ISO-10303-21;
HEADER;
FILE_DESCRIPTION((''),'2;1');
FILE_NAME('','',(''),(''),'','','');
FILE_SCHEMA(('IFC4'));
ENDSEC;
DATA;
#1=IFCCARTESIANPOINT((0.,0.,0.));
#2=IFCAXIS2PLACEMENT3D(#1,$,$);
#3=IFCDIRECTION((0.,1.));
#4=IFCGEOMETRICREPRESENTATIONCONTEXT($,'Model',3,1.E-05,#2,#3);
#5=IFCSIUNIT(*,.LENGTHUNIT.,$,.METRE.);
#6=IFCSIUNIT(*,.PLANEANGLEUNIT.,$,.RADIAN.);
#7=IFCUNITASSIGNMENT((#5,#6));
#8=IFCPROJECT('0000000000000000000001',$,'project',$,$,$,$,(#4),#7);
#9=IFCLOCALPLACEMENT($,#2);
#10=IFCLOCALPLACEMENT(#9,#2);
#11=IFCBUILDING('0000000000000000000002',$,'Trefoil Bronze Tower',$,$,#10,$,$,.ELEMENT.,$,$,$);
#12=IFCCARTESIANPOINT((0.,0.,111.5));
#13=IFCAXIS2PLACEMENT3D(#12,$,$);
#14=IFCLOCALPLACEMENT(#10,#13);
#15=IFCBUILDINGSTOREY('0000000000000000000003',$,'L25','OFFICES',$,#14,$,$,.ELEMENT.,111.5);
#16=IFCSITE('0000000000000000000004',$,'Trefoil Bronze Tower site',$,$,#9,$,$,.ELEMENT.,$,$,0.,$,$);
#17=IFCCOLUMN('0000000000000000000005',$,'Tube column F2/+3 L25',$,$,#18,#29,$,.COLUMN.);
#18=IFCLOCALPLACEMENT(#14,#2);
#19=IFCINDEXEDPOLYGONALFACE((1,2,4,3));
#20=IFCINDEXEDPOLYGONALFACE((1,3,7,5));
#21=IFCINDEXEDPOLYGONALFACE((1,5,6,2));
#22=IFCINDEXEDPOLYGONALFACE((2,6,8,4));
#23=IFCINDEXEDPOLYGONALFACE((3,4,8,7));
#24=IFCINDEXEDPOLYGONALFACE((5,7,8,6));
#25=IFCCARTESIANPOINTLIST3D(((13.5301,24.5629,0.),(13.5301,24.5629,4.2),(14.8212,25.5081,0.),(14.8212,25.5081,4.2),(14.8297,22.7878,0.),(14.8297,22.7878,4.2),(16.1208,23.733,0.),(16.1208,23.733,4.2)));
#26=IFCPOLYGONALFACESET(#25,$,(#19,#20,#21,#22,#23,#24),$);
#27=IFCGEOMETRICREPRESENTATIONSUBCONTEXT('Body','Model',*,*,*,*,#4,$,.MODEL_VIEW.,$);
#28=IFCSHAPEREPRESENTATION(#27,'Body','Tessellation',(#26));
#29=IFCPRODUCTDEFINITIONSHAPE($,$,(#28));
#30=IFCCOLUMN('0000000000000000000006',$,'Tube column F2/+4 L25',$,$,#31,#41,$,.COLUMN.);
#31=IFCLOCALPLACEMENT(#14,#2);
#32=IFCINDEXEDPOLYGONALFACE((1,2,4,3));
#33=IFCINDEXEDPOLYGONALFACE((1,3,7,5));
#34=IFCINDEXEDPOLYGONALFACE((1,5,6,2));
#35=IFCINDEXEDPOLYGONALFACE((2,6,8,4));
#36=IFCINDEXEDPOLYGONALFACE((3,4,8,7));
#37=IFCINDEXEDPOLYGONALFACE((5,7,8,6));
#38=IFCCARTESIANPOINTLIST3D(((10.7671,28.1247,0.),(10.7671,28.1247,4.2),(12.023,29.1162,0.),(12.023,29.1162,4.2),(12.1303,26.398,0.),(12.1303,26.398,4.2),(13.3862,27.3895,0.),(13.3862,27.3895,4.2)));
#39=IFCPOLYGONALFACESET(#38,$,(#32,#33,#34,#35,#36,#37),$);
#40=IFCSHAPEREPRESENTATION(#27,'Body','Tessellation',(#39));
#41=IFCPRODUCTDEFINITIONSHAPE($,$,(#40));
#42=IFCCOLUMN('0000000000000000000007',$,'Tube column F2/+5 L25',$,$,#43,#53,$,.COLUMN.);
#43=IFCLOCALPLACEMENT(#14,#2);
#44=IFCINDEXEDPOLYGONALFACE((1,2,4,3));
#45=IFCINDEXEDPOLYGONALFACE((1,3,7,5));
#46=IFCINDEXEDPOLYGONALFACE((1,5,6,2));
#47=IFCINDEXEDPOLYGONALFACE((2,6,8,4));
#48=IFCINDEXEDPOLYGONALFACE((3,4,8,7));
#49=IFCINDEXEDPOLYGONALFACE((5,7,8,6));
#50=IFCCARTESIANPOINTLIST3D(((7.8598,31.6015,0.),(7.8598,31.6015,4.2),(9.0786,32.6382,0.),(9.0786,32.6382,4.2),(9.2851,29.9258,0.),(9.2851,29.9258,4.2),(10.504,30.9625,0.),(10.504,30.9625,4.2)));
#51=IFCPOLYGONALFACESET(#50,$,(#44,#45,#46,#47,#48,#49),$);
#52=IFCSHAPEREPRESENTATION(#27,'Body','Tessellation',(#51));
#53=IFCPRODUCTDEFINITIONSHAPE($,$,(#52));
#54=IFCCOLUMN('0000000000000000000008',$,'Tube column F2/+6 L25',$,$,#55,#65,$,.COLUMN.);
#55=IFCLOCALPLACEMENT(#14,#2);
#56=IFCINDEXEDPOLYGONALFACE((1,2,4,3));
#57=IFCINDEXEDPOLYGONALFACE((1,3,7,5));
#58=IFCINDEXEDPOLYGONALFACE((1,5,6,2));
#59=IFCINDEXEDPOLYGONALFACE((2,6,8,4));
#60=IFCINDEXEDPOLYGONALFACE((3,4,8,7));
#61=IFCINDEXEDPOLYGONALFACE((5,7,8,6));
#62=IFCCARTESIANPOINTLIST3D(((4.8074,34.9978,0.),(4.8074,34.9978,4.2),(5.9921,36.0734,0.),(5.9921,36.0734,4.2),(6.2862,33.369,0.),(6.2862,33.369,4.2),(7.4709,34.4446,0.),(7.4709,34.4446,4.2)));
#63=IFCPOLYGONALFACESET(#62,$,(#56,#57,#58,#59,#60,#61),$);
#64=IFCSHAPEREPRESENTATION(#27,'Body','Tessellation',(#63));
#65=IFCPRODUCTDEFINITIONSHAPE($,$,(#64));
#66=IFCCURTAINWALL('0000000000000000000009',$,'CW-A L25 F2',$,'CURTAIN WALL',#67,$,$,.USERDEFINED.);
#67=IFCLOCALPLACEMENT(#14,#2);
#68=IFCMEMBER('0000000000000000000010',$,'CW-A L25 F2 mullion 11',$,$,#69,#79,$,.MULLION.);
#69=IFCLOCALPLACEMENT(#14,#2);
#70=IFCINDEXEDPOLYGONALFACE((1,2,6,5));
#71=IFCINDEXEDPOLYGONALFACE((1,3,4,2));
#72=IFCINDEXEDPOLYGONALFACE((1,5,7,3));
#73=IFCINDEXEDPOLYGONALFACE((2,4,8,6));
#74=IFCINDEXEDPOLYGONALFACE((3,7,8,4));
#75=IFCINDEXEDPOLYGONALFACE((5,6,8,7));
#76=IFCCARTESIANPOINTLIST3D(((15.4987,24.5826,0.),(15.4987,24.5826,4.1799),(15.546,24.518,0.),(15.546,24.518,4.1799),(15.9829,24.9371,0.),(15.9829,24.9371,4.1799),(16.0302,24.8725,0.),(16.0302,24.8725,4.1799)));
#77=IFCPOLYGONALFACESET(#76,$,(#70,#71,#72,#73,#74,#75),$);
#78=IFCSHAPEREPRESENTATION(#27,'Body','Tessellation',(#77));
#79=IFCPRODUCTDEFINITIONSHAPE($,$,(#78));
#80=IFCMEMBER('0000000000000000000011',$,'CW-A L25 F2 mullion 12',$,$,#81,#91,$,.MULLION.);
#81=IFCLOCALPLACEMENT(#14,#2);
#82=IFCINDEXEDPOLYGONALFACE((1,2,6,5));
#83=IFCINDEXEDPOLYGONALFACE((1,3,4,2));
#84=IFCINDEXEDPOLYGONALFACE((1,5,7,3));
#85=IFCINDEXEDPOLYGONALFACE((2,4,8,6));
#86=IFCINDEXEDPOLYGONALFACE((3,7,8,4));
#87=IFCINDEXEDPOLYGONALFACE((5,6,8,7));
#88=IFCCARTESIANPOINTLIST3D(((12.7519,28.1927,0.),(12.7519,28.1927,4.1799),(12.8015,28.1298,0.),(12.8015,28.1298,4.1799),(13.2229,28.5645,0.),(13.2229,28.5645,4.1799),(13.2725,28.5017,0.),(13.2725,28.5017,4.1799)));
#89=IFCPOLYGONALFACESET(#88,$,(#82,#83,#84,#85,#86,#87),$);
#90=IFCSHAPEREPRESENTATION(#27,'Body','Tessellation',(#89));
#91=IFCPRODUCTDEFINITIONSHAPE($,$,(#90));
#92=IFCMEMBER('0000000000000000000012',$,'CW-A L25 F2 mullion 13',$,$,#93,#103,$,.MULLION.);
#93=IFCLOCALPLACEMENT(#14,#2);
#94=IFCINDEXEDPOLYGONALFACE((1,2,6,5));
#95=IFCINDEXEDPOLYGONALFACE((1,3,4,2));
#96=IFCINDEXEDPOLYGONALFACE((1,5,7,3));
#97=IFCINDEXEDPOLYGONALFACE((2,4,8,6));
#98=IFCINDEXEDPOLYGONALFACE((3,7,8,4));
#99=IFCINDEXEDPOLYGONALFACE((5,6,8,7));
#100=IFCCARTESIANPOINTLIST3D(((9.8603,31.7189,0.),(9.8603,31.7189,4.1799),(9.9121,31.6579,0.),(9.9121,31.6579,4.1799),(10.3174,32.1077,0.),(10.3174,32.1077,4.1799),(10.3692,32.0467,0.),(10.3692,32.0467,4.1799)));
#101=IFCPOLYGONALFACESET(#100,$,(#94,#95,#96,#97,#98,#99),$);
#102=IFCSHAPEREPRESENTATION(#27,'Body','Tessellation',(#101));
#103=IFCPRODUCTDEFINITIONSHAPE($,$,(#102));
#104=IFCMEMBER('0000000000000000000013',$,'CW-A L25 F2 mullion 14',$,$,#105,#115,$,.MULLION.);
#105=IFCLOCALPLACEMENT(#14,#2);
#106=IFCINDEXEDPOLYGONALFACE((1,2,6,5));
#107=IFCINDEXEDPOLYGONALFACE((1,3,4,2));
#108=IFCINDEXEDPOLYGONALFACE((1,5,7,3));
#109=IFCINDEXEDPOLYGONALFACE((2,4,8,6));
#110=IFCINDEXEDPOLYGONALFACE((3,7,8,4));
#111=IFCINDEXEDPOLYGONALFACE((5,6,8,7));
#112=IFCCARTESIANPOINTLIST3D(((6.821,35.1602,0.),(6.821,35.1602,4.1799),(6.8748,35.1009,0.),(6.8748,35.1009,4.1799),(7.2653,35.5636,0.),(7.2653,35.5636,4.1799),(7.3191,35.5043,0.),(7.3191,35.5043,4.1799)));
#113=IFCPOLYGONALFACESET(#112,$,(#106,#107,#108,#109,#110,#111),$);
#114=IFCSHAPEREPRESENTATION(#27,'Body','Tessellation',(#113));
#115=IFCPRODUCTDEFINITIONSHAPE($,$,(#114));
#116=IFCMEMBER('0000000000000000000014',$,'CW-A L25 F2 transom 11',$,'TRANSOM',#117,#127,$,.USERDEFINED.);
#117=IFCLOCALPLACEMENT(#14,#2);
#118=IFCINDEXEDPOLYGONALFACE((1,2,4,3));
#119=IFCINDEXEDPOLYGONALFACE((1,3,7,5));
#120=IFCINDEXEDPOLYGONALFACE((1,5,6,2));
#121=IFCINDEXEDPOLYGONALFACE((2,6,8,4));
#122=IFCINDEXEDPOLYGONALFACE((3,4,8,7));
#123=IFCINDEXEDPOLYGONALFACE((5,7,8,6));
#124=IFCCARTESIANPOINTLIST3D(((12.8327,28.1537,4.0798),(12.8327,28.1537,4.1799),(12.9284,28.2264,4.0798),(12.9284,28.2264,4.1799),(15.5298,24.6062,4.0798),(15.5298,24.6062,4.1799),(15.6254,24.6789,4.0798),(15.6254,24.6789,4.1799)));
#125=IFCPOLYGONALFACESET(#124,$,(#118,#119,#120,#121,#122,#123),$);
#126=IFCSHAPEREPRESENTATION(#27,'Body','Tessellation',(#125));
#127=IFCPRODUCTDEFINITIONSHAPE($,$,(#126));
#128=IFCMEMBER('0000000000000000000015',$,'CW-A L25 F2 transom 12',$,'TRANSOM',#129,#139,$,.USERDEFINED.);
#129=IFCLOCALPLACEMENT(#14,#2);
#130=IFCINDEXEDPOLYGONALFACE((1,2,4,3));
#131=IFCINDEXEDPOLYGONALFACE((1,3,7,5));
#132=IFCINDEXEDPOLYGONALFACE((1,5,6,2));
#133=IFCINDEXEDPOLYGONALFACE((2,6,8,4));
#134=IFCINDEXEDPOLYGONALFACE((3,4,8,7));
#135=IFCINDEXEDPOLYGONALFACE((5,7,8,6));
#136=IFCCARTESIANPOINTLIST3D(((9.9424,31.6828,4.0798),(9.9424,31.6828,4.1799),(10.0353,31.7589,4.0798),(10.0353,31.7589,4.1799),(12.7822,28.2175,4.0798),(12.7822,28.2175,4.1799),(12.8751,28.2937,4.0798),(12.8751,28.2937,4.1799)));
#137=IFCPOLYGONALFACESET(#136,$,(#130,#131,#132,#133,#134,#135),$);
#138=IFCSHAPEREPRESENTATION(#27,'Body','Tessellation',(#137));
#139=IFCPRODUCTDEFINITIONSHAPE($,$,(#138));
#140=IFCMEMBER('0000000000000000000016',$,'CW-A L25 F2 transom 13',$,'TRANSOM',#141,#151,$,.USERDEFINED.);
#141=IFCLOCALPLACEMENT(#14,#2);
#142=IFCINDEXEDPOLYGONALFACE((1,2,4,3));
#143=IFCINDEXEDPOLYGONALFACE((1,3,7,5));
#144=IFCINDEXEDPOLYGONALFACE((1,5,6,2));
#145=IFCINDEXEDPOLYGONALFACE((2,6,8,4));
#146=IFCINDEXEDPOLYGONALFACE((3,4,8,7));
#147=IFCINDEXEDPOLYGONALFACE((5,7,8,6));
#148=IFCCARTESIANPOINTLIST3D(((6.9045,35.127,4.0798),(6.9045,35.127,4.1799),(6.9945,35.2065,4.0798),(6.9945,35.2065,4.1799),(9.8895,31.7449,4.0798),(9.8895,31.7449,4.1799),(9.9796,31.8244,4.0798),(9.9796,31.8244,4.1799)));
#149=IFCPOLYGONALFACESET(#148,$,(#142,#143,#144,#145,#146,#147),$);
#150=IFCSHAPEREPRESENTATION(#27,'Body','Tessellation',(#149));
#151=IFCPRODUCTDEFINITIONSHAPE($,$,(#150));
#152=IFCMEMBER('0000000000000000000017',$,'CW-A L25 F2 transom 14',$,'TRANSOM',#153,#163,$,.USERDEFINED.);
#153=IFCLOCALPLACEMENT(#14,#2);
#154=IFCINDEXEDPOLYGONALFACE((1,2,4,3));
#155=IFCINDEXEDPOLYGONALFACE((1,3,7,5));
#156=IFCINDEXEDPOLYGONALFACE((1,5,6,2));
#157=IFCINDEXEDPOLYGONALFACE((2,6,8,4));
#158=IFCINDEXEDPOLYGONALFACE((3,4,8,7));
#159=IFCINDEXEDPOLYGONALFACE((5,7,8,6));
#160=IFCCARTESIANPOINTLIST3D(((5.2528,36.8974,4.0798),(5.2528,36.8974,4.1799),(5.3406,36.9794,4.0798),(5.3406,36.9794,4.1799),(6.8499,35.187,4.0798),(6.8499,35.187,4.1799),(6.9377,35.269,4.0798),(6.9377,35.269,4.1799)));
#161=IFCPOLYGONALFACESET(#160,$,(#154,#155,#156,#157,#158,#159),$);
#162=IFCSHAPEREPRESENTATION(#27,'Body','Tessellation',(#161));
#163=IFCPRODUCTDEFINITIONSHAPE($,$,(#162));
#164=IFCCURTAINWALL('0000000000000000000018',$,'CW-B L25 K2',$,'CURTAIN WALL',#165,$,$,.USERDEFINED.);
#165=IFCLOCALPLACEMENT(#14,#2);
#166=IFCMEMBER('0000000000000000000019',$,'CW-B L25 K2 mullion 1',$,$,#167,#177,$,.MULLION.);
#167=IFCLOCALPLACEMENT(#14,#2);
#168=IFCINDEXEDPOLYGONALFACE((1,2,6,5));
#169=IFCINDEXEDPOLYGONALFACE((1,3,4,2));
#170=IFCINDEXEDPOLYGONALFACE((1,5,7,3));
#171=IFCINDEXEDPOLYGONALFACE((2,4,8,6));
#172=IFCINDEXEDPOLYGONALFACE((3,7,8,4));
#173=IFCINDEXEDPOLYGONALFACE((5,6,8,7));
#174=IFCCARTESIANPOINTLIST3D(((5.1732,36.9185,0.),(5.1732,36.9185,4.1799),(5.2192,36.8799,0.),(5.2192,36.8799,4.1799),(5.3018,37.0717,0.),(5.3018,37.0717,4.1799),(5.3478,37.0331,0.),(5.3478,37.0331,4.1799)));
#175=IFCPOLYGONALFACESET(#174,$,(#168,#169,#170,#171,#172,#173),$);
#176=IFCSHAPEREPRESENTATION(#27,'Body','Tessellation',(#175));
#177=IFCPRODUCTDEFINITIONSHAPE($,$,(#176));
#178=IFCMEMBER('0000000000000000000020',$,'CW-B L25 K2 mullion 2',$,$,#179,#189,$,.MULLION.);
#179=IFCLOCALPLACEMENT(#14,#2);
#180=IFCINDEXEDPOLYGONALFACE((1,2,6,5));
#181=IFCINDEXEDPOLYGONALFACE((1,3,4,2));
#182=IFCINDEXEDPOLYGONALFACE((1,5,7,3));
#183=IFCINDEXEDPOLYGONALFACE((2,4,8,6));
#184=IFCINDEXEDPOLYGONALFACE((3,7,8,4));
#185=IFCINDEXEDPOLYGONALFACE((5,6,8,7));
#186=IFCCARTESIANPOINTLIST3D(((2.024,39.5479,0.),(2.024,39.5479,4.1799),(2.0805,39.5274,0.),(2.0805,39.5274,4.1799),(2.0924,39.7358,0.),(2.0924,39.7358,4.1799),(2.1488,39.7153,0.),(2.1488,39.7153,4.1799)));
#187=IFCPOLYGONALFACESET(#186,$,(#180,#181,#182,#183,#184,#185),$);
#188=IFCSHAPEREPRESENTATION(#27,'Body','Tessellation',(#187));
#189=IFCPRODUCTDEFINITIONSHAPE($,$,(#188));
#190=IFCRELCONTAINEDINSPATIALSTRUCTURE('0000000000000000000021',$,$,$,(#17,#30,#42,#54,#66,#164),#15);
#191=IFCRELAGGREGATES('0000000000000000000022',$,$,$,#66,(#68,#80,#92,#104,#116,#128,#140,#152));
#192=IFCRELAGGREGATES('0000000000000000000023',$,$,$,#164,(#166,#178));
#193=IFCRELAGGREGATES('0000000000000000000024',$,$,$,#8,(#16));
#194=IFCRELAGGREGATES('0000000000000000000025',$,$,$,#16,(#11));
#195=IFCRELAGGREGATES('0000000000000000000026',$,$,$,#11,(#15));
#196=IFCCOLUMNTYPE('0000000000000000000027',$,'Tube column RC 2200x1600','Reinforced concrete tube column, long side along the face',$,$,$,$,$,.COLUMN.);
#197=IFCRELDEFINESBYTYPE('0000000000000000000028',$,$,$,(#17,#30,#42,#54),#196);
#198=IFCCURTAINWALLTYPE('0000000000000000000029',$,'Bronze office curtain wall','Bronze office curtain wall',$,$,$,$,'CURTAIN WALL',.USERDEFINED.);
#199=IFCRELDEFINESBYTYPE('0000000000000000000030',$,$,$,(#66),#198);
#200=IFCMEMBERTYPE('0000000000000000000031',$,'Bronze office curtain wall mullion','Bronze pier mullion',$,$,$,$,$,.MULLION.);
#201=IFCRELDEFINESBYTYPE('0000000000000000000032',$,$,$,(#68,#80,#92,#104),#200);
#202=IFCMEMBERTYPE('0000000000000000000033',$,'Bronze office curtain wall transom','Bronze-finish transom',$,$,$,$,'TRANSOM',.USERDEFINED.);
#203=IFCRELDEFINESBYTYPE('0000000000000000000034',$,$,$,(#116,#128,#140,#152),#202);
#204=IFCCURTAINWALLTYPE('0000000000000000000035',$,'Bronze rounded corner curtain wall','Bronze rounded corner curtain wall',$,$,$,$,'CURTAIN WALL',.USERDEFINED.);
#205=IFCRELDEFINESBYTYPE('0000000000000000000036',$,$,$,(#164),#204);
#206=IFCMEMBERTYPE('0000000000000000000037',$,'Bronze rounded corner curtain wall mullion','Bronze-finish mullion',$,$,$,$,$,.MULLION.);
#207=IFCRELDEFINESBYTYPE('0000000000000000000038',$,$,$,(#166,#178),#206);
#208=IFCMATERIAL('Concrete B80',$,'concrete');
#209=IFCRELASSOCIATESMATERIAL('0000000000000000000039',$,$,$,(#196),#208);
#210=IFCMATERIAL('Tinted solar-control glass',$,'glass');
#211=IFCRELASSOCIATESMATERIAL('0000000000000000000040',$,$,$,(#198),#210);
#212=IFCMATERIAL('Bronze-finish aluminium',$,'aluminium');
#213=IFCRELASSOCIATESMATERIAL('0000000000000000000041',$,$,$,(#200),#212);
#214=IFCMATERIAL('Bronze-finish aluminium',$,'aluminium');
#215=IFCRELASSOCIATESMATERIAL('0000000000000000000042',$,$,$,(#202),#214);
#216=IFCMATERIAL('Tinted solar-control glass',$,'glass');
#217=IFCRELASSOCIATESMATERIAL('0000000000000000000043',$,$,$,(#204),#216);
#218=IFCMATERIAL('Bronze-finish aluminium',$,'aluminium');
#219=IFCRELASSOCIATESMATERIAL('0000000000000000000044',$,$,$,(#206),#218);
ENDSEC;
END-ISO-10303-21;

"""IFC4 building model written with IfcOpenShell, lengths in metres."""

from ifc_helpers import new_model, si_unit, direction, frame, origin, origin_2d, place, context, subcontext, project, spatial, rectangle, extrude, material, material_profile, profile_set, type_object, element, aggregate, save


model = new_model("IFC4")

# Units and contexts
model_context = context("Model", 3, precision=1e-05, world=origin(), true_north=direction((0.0, 1.0)))
body_context = subcontext(model_context, "Body", "Model", "MODEL_VIEW")
ifc_project = project(units=[si_unit("LENGTHUNIT", "METRE"), si_unit("PLANEANGLEUNIT", "RADIAN")], contexts=[model_context])

# Site, building, storey
site_placement = place(None, origin())
site = spatial("IfcSite", under=ifc_project, at=site_placement, Name="Trefoil Bronze Tower site", CompositionType="ELEMENT", RefElevation=0.0)
building_placement = place(site_placement, origin())
building = spatial("IfcBuilding", under=site, at=building_placement, Name="Trefoil Bronze Tower", CompositionType="ELEMENT")
storey_placement = place(building_placement, frame((0.0, 0.0, 111.5)))
storey = spatial("IfcBuildingStorey", under=building, at=storey_placement, Name="L25", Description="OFFICES", CompositionType="ELEMENT", Elevation=111.5)

# Columns
ifc_material_1 = material(Name="Concrete B80", Category="concrete")
ifc_material_profile_1 = material_profile(ifc_material_1, rectangle(XDim=2.2, YDim=1.6001, at=origin_2d()), Name="RC 2200x1600")
ifc_profile_set_1 = profile_set([ifc_material_profile_1], Name="Concrete B80")
column_type = type_object("IfcColumnType", Name="Tube column RC 2200x1600", Description="Reinforced concrete tube column, long side along the face", PredefinedType="COLUMN", material=ifc_profile_set_1)
for number, where, z_axis, x_axis, name in (
    (1, (14.8254, 24.1479, 0.0), (0.0, 0.0, 1.0), (-0.590723, 0.806875, 0.0), "Tube column F2/+3 L25"),
    (2, (12.0767, 27.7571, 0.0), (0.0, 0.0, 1.0), (-0.619649, 0.784879, 0.0), "Tube column F2/+4 L25"),
    (3, (9.1819, 31.282, 0.0), (0.0, 0.0, 1.0), (-0.647904, 0.761722, 0.0), "Tube column F2/+5 L25"),
    (4, (6.1392, 34.7212, 0.0), (0.0, 0.0, 1.0), (-0.67221, 0.740361, 0.0), "Tube column F2/+6 L25"),
):
    element("IfcColumn", number, at=place(storey_placement, frame(where, z_axis=z_axis, x_axis=x_axis)), inside=storey, type_object=column_type, Name=name, PredefinedType="COLUMN", context=body_context, shape_type="SweptSolid", body=[
        extrude(rectangle(XDim=2.2, YDim=1.6001, at=origin_2d()), origin(), (0.0, 0.0, 1.0), 4.2),
    ])

# Curtain walls, members
ifc_material_2 = material(Name="Tinted solar-control glass", Category="glass")
curtain_wall_type_1 = type_object("IfcCurtainWallType", Name="Bronze office curtain wall", Description="Bronze office curtain wall", ElementType="CURTAIN WALL", PredefinedType="USERDEFINED", material=ifc_material_2)
curtain_wall_1_placement = place(storey_placement, origin())
curtain_wall_1 = element("IfcCurtainWall", 5, at=curtain_wall_1_placement, inside=storey, type_object=curtain_wall_type_1, Name="CW-A L25 F2", ObjectType="CURTAIN WALL", PredefinedType="USERDEFINED")
ifc_material_3 = material(Name="Bronze-finish aluminium", Category="aluminium")
ifc_material_profile_2 = material_profile(ifc_material_3, rectangle(XDim=0.6001, YDim=0.0801, at=origin_2d()), Name="CW-A mullion")
ifc_profile_set_2 = profile_set([ifc_material_profile_2], Name="Bronze-finish aluminium")
member_type_1 = type_object("IfcMemberType", Name="Bronze office curtain wall mullion", Description="Bronze pier mullion", PredefinedType="MULLION", material=ifc_profile_set_2)
member_1_placement = place(storey_placement, frame((15.7644, 24.7275, 0.0), z_axis=(0.0, 0.0, 1.0), x_axis=(-0.806875, -0.590723, 0.0)))
member_1 = element("IfcMember", 6, at=member_1_placement, type_object=member_type_1, Name="CW-A L25 F2 mullion 11", PredefinedType="MULLION", context=body_context, shape_type="SweptSolid", body=[
    extrude(rectangle(XDim=0.6001, YDim=0.0801, at=origin_2d()), origin(), (0.0, 0.0, 1.0), 4.1799),
])
member_2_placement = place(storey_placement, frame((13.0122, 28.3472, 0.0), z_axis=(0.0, 0.0, 1.0), x_axis=(-0.784879, -0.619649, 0.0)))
member_2 = element("IfcMember", 7, at=member_2_placement, type_object=member_type_1, Name="CW-A L25 F2 mullion 12", PredefinedType="MULLION", context=body_context, shape_type="SweptSolid", body=[
    extrude(rectangle(XDim=0.6001, YDim=0.0801, at=origin_2d()), origin(), (0.0, 0.0, 1.0), 4.1799),
])
member_3_placement = place(storey_placement, frame((10.1147, 31.8828, 0.0), z_axis=(0.0, 0.0, 1.0), x_axis=(-0.761722, -0.647904, 0.0)))
member_3 = element("IfcMember", 8, at=member_3_placement, type_object=member_type_1, Name="CW-A L25 F2 mullion 13", PredefinedType="MULLION", context=body_context, shape_type="SweptSolid", body=[
    extrude(rectangle(XDim=0.6001, YDim=0.0801, at=origin_2d()), origin(), (0.0, 0.0, 1.0), 4.1799),
])
member_4_placement = place(storey_placement, frame((7.0701, 35.3323, 0.0), z_axis=(0.0, 0.0, 1.0), x_axis=(-0.740361, -0.67221, 0.0)))
member_4 = element("IfcMember", 9, at=member_4_placement, type_object=member_type_1, Name="CW-A L25 F2 mullion 14", PredefinedType="MULLION", context=body_context, shape_type="SweptSolid", body=[
    extrude(rectangle(XDim=0.6001, YDim=0.0801, at=origin_2d()), origin(), (0.0, 0.0, 1.0), 4.1799),
])
ifc_material_4 = material(Name="Bronze-finish aluminium", Category="aluminium")
ifc_material_profile_3 = material_profile(ifc_material_4, rectangle(XDim=0.1201, YDim=0.1001, at=origin_2d()), Name="CW-A transom")
ifc_profile_set_3 = profile_set([ifc_material_profile_3], Name="Bronze-finish aluminium")
member_type_2 = type_object("IfcMemberType", Name="Bronze office curtain wall transom", Description="Bronze-finish transom", ElementType="TRANSOM", PredefinedType="USERDEFINED", material=ifc_profile_set_3)
member_5_placement = place(storey_placement, frame((15.5776, 24.6426, 4.1299), z_axis=(-0.605229, 0.796051, 0.0), x_axis=(-0.796051, -0.605229, 0.0)))
member_5 = element("IfcMember", 10, at=member_5_placement, type_object=member_type_2, Name="CW-A L25 F2 transom 11", ObjectType="TRANSOM", PredefinedType="USERDEFINED", context=body_context, shape_type="SweptSolid", body=[
    extrude(rectangle(XDim=0.1201, YDim=0.1001, at=origin_2d()), origin(), (0.0, 0.0, 1.0), 4.4563),
])
member_6_placement = place(storey_placement, frame((12.8286, 28.2556, 4.1299), z_axis=(-0.633849, 0.773457, 0.0), x_axis=(-0.773457, -0.633849, 0.0)))
member_6 = element("IfcMember", 11, at=member_6_placement, type_object=member_type_2, Name="CW-A L25 F2 transom 12", ObjectType="TRANSOM", PredefinedType="USERDEFINED", context=body_context, shape_type="SweptSolid", body=[
    extrude(rectangle(XDim=0.1201, YDim=0.1001, at=origin_2d()), origin(), (0.0, 0.0, 1.0), 4.4802),
])
member_7_placement = place(storey_placement, frame((9.9346, 31.7847, 4.1299), z_axis=(-0.661736, 0.749737, 0.0), x_axis=(-0.749737, -0.661736, 0.0)))
member_7 = element("IfcMember", 12, at=member_7_placement, type_object=member_type_2, Name="CW-A L25 F2 transom 13", ObjectType="TRANSOM", PredefinedType="USERDEFINED", context=body_context, shape_type="SweptSolid", body=[
    extrude(rectangle(XDim=0.1201, YDim=0.1001, at=origin_2d()), origin(), (0.0, 0.0, 1.0), 4.511),
])
member_8_placement = place(storey_placement, frame((6.8938, 35.228, 4.1299), z_axis=(-0.682489, 0.730896, 0.0), x_axis=(-0.730896, -0.682489, 0.0)))
member_8 = element("IfcMember", 13, at=member_8_placement, type_object=member_type_2, Name="CW-A L25 F2 transom 14", ObjectType="TRANSOM", PredefinedType="USERDEFINED", context=body_context, shape_type="SweptSolid", body=[
    extrude(rectangle(XDim=0.1201, YDim=0.1001, at=origin_2d()), origin(), (0.0, 0.0, 1.0), 2.3401),
])
ifc_material_5 = material(Name="Tinted solar-control glass", Category="glass")
curtain_wall_type_2 = type_object("IfcCurtainWallType", Name="Bronze rounded corner curtain wall", Description="Bronze rounded corner curtain wall", ElementType="CURTAIN WALL", PredefinedType="USERDEFINED", material=ifc_material_5)
curtain_wall_2_placement = place(storey_placement, origin())
curtain_wall_2 = element("IfcCurtainWall", 14, at=curtain_wall_2_placement, inside=storey, type_object=curtain_wall_type_2, Name="CW-B L25 K2", ObjectType="CURTAIN WALL", PredefinedType="USERDEFINED")
ifc_material_6 = material(Name="Bronze-finish aluminium", Category="aluminium")
ifc_material_profile_4 = material_profile(ifc_material_6, rectangle(XDim=0.2, YDim=0.0601, at=origin_2d()), Name="CW-B mullion")
ifc_profile_set_4 = profile_set([ifc_material_profile_4], Name="Bronze-finish aluminium")
member_type_3 = type_object("IfcMemberType", Name="Bronze rounded corner curtain wall mullion", Description="Bronze-finish mullion", PredefinedType="MULLION", material=ifc_profile_set_4)
member_9_placement = place(storey_placement, frame((5.2605, 36.9758, 0.0), z_axis=(0.0, 0.0, 1.0), x_axis=(-0.642788, -0.766044, 0.0)))
member_9 = element("IfcMember", 15, at=member_9_placement, type_object=member_type_3, Name="CW-B L25 K2 mullion 1", PredefinedType="MULLION", context=body_context, shape_type="SweptSolid", body=[
    extrude(rectangle(XDim=0.2, YDim=0.0601, at=origin_2d()), origin(), (0.0, 0.0, 1.0), 4.1799),
])
member_10_placement = place(storey_placement, frame((2.0864, 39.6316, 0.0), z_axis=(0.0, 0.0, 1.0), x_axis=(-0.34202, -0.939693, 0.0)))
member_10 = element("IfcMember", 16, at=member_10_placement, type_object=member_type_3, Name="CW-B L25 K2 mullion 2", PredefinedType="MULLION", context=body_context, shape_type="SweptSolid", body=[
    extrude(rectangle(XDim=0.2, YDim=0.0601, at=origin_2d()), origin(), (0.0, 0.0, 1.0), 4.1799),
])

aggregate(curtain_wall_1, [member_1, member_2, member_3, member_4, member_5, member_6, member_7, member_8])
aggregate(curtain_wall_2, [member_9, member_10])

save(model, "model.ifc")
